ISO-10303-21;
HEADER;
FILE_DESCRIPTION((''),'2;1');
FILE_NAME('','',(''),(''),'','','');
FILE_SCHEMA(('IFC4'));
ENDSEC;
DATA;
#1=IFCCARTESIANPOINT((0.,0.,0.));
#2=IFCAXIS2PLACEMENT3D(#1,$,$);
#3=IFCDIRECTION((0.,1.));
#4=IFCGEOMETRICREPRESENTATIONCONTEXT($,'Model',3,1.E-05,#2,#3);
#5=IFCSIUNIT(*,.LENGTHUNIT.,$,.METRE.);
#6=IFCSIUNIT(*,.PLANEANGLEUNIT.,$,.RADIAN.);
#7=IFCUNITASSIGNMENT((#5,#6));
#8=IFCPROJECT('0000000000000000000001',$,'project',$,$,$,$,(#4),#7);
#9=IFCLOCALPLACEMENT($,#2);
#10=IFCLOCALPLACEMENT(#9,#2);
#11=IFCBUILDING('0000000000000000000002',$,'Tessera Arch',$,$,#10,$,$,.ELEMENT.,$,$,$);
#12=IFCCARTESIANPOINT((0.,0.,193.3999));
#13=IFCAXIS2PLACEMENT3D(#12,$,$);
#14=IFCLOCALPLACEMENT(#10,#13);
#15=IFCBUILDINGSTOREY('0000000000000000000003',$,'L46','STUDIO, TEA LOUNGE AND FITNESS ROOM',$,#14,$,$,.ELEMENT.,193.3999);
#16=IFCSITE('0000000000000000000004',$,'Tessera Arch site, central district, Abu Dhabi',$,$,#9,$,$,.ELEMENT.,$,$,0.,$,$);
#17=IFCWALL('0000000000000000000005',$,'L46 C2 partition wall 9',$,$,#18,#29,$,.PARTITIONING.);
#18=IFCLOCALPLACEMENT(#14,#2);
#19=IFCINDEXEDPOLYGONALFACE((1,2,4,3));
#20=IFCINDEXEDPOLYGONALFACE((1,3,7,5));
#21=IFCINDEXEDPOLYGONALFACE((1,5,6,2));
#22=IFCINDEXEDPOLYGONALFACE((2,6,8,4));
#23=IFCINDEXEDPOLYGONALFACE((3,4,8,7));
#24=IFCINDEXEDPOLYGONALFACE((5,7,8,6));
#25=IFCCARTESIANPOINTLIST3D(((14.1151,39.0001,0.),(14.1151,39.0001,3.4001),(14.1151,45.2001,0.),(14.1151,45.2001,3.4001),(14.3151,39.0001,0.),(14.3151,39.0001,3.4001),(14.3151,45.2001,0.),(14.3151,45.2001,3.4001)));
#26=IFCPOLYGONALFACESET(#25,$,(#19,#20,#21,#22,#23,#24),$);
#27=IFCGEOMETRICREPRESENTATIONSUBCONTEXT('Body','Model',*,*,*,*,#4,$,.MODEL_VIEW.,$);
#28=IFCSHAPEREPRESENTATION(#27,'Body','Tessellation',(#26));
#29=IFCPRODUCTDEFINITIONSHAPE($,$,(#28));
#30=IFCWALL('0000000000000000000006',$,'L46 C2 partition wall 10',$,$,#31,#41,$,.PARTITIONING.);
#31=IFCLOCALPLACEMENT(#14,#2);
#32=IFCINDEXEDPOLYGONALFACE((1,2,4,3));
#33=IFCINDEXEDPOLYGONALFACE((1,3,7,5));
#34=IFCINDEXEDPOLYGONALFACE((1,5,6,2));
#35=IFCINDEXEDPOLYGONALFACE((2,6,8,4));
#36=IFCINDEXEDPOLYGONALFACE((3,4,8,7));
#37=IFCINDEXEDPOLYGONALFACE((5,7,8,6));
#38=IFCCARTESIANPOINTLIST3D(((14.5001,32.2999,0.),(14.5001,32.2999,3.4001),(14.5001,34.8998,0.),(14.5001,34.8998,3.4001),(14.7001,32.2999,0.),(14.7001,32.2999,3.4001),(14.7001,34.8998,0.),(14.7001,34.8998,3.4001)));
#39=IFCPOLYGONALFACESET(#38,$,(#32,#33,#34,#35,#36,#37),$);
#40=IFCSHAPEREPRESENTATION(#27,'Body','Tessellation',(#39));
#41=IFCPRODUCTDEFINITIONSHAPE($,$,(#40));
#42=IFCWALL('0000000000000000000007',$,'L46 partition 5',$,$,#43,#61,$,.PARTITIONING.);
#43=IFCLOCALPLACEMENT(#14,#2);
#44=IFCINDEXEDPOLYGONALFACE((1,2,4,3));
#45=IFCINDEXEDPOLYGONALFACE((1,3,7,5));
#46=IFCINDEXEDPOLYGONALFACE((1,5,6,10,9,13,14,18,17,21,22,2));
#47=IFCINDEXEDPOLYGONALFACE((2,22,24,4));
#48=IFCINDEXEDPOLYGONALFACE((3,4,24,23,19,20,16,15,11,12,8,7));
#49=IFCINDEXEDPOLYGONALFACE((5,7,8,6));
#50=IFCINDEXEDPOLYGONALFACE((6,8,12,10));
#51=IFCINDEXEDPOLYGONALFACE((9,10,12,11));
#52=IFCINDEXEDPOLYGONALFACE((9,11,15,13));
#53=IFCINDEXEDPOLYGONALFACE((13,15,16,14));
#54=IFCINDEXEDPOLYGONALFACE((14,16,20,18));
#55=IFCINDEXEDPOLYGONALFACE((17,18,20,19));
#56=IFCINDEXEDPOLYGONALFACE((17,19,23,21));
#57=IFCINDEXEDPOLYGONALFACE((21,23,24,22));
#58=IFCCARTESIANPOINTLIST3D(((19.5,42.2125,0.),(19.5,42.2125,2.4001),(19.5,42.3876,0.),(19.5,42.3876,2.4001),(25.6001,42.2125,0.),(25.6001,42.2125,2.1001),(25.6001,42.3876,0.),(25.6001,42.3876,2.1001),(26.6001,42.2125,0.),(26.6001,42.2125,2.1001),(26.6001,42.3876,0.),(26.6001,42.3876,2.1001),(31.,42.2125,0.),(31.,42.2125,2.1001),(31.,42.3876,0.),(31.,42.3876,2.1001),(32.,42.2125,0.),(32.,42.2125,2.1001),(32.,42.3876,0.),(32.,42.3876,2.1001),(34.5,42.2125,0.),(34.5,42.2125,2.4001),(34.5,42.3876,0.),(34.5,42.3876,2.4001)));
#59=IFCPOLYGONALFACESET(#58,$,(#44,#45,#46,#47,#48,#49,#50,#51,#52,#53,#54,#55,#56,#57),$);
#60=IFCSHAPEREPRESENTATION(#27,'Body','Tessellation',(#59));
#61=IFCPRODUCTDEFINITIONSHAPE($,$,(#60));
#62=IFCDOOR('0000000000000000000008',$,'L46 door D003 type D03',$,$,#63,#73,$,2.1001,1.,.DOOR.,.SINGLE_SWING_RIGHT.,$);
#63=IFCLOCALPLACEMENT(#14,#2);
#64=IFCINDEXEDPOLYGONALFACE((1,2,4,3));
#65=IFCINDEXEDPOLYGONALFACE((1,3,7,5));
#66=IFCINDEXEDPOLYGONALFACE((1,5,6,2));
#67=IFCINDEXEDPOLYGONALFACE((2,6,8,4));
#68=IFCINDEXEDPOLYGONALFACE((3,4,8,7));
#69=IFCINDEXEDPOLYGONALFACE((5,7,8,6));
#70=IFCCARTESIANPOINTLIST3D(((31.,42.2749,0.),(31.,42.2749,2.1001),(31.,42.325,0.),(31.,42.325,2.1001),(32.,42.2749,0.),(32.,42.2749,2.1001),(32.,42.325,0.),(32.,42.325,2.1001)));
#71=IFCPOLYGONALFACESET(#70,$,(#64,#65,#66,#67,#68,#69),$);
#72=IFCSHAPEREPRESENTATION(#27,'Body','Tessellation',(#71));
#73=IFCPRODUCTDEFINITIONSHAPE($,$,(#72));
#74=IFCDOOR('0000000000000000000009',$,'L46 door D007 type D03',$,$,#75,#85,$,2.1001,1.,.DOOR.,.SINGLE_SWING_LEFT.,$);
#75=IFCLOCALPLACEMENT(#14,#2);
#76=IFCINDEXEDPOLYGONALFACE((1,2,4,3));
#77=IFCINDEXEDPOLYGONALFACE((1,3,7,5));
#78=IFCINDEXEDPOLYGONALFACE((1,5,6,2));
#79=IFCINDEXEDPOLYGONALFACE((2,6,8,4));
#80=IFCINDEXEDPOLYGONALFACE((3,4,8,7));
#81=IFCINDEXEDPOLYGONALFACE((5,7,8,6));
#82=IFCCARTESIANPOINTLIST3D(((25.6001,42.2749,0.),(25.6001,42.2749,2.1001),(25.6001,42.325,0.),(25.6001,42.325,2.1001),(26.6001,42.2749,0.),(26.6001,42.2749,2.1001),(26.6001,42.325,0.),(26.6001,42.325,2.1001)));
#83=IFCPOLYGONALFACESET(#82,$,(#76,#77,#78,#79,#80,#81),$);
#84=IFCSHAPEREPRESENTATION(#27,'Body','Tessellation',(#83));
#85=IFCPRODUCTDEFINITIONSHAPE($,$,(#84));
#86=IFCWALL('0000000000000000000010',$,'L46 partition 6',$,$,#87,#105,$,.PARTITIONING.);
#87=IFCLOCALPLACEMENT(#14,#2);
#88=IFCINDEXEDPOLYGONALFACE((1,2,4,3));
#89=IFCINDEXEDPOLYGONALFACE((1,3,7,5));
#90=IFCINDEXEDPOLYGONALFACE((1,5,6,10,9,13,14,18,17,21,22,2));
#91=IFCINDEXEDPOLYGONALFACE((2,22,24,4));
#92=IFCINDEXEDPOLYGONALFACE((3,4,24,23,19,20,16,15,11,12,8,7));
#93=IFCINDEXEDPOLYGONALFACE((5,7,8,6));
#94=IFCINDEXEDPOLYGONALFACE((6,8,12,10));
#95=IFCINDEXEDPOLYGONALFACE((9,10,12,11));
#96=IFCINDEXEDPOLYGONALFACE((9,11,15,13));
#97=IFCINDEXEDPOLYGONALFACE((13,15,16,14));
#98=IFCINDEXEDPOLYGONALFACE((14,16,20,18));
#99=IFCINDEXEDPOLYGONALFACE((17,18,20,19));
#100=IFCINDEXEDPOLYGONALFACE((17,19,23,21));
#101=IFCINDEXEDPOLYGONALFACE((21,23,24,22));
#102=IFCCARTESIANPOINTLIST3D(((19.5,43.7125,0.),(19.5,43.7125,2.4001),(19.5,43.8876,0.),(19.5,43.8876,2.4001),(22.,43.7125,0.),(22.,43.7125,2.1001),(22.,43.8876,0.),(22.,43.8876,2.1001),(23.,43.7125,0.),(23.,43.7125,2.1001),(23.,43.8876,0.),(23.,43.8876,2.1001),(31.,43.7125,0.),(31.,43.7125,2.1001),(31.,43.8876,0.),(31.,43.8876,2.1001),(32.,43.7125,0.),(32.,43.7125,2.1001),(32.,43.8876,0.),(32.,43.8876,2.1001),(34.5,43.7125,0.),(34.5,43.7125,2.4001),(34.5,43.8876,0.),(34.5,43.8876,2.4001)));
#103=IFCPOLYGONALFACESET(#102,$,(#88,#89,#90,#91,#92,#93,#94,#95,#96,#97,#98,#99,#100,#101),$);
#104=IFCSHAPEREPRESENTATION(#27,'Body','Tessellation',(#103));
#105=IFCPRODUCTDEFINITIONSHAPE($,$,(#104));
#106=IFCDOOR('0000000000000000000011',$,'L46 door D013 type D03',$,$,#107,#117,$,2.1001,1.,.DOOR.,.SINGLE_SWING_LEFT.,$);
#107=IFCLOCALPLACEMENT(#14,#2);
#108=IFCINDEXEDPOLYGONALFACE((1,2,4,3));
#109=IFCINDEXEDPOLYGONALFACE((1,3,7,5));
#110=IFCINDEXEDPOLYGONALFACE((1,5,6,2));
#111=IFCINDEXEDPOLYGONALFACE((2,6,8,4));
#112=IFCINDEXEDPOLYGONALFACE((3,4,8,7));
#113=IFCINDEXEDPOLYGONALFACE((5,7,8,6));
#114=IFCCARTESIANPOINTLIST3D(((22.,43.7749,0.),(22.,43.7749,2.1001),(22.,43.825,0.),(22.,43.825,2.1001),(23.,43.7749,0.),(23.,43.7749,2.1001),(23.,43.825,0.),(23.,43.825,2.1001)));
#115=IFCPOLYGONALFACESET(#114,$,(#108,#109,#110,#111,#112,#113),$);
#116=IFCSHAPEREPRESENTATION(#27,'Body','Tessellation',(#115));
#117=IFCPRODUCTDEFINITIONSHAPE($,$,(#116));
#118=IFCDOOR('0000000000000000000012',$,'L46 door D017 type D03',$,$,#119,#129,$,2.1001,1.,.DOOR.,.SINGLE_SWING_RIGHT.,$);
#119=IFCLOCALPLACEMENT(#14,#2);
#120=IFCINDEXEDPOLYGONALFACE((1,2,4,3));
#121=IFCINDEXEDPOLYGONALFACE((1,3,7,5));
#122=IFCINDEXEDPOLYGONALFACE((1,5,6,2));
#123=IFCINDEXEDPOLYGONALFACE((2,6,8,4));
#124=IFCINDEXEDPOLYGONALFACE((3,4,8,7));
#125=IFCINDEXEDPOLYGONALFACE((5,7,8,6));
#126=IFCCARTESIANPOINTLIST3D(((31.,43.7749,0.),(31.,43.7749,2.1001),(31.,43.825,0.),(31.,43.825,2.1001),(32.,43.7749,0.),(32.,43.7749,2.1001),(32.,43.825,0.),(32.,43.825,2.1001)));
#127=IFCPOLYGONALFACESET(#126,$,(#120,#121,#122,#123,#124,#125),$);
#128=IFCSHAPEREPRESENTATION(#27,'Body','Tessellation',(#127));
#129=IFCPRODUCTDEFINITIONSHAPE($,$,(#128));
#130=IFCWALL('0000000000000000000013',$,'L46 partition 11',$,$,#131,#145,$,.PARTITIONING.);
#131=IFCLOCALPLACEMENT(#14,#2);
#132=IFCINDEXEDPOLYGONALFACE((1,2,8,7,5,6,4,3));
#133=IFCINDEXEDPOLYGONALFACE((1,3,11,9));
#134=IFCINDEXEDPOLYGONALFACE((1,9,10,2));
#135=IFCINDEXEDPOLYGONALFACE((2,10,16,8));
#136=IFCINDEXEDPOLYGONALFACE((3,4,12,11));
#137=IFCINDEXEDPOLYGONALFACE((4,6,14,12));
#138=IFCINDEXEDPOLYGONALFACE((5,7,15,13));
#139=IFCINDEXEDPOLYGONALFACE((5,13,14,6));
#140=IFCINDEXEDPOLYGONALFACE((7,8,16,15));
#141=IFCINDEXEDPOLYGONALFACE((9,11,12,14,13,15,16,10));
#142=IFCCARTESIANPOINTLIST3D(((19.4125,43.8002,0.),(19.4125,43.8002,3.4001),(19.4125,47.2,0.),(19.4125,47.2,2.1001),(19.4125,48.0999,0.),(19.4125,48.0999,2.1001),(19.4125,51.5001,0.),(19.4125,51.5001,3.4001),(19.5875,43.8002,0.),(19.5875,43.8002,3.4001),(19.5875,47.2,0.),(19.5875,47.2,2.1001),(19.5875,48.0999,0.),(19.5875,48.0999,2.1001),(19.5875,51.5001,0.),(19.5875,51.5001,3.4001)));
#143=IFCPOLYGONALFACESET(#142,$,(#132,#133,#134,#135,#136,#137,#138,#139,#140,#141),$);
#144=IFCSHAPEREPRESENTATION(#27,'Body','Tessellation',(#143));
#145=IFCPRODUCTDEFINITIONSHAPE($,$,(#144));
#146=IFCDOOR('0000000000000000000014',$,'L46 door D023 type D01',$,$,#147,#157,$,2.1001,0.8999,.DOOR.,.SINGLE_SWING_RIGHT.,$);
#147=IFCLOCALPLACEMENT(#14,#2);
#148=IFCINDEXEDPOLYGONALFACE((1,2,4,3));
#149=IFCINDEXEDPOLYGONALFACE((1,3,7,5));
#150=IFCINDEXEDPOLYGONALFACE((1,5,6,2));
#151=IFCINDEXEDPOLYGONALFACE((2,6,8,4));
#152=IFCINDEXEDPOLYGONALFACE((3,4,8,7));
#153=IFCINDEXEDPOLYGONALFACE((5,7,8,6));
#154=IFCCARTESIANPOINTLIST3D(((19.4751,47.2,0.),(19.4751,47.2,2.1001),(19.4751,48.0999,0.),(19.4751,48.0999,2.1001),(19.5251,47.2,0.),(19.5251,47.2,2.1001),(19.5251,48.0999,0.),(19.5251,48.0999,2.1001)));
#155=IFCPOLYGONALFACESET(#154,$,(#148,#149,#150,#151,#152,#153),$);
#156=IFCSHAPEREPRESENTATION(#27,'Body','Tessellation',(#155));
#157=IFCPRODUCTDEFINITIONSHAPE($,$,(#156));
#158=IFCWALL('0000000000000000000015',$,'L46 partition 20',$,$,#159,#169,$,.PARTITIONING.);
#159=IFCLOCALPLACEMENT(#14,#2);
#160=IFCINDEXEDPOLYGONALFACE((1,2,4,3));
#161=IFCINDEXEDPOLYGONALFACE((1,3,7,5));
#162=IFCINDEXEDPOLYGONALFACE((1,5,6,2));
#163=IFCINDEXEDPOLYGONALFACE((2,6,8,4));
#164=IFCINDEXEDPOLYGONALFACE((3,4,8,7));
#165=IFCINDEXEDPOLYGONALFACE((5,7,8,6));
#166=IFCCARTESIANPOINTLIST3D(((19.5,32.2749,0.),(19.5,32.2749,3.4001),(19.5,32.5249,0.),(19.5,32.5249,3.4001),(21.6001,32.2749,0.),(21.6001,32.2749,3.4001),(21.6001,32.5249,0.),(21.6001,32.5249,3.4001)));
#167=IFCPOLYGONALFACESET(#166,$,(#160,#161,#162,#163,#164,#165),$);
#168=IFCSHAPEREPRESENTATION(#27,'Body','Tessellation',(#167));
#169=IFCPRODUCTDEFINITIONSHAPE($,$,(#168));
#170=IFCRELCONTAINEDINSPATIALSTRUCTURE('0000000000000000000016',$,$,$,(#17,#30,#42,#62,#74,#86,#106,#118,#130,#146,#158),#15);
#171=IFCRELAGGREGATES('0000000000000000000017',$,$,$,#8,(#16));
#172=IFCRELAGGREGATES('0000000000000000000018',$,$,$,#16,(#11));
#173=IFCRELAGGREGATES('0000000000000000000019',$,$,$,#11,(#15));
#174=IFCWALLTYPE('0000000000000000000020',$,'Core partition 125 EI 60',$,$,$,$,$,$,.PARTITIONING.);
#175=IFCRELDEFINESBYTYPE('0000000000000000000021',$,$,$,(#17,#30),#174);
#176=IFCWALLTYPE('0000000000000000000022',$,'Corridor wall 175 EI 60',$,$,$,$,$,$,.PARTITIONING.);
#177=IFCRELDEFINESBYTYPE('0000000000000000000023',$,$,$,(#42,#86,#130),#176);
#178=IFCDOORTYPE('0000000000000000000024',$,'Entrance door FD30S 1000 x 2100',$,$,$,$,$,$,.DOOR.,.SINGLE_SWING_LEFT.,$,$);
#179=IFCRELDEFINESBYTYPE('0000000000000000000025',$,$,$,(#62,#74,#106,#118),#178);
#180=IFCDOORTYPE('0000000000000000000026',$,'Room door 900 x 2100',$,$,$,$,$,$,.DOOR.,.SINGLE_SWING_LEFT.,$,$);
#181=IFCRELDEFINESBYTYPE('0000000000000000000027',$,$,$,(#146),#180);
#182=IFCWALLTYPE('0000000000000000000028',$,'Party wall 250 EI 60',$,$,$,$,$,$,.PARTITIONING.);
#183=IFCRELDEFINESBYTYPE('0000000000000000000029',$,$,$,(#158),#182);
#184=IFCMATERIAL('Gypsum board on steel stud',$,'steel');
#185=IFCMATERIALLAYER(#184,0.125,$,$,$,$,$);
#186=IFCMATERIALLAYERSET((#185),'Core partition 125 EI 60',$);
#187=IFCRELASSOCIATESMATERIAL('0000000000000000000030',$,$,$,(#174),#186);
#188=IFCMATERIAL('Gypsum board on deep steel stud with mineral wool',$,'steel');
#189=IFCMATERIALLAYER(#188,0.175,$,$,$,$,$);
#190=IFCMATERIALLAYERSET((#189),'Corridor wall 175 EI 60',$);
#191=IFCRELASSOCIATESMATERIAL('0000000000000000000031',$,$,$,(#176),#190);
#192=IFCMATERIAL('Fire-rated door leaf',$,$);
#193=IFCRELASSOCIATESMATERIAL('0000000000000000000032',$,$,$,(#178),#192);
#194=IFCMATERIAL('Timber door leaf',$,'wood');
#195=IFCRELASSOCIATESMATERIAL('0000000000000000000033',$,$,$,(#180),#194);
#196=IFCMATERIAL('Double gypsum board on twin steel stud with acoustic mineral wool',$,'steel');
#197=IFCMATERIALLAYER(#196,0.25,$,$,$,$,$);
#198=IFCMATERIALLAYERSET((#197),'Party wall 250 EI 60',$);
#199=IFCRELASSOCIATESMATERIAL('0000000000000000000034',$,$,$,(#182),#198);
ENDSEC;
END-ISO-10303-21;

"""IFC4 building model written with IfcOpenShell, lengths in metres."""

from ifc_helpers import new_model, si_unit, direction, frame, frame_2d, origin, place, context, subcontext, project, spatial, rectangle, extrude, material, layer, layer_set, type_object, element, fill, save


model = new_model("IFC4")

# Units and contexts
model_context = context("Model", 3, precision=1e-05, world=origin(), true_north=direction((0.0, 1.0)))
body_context = subcontext(model_context, "Body", "Model", "MODEL_VIEW")
ifc_project = project(units=[si_unit("LENGTHUNIT", "METRE"), si_unit("PLANEANGLEUNIT", "RADIAN")], contexts=[model_context])

# Site, building, storey
site_placement = place(None, origin())
site = spatial("IfcSite", under=ifc_project, at=site_placement, Name="Tessera Arch site, central district, Abu Dhabi", CompositionType="ELEMENT", RefElevation=0.0)
building_placement = place(site_placement, origin())
building = spatial("IfcBuilding", under=site, at=building_placement, Name="Tessera Arch", CompositionType="ELEMENT")
storey_placement = place(building_placement, frame((0.0, 0.0, 193.3999)))
storey = spatial("IfcBuildingStorey", under=building, at=storey_placement, Name="L46", Description="STUDIO, TEA LOUNGE AND FITNESS ROOM", CompositionType="ELEMENT", Elevation=193.3999)

# Walls
ifc_material_1 = material(Name="Gypsum board on steel stud", Category="steel")
ifc_layer_1 = layer(ifc_material_1, 0.125)
ifc_layer_set_1 = layer_set([ifc_layer_1], Name="Core partition 125 EI 60")
wall_type_1 = type_object("IfcWallType", Name="Core partition 125 EI 60", PredefinedType="PARTITIONING", material=ifc_layer_set_1)
wall_1_placement = place(storey_placement, frame((14.2151, 39.0, 0.0), z_axis=(0.0, 0.0, 1.0), x_axis=(0.0, 1.0, 0.0)))
element("IfcWall", 1, at=wall_1_placement, inside=storey, type_object=wall_type_1, Name="L46 C2 partition wall 9", PredefinedType="PARTITIONING", context=body_context, shape_type="SweptSolid", body=[
    extrude(rectangle(XDim=6.2, YDim=0.2, at=frame_2d((3.1001, 0.0))), origin(), (0.0, 0.0, 1.0), 3.4001),
])
wall_2_placement = place(storey_placement, frame((14.6001, 32.3, 0.0), z_axis=(0.0, 0.0, 1.0), x_axis=(0.0, 1.0, 0.0)))
element("IfcWall", 2, at=wall_2_placement, inside=storey, type_object=wall_type_1, Name="L46 C2 partition wall 10", PredefinedType="PARTITIONING", context=body_context, shape_type="SweptSolid", body=[
    extrude(rectangle(XDim=2.5999, YDim=0.2, at=frame_2d((1.2998, 0.0))), origin(), (0.0, 0.0, 1.0), 3.4001),
])

# Walls, openings, doors
ifc_material_2 = material(Name="Gypsum board on deep steel stud with mineral wool", Category="steel")
ifc_layer_2 = layer(ifc_material_2, 0.175)
ifc_layer_set_2 = layer_set([ifc_layer_2], Name="Corridor wall 175 EI 60")
wall_type_2 = type_object("IfcWallType", Name="Corridor wall 175 EI 60", PredefinedType="PARTITIONING", material=ifc_layer_set_2)
wall_3_placement = place(storey_placement, frame((19.5, 42.3, 0.0), z_axis=(0.0, 0.0, 1.0), x_axis=(1.0, 0.0, 0.0)))
wall_3 = element("IfcWall", 3, at=wall_3_placement, inside=storey, type_object=wall_type_2, Name="L46 partition 5", PredefinedType="PARTITIONING", context=body_context, shape_type="SweptSolid", body=[
    extrude(rectangle(XDim=15.0, YDim=0.175, at=frame_2d((7.5, 0.0))), origin(), (0.0, 0.0, 1.0), 2.4001),
])
opening_1_placement = place(wall_3_placement, frame((11.5, 0.0, 0.0)))
opening_1 = element("IfcOpeningElement", 4, at=opening_1_placement, cuts=wall_3, PredefinedType="OPENING", context=body_context, shape_type="SweptSolid", body=[
    extrude(rectangle(XDim=1.0, YDim=2.1001, at=frame_2d((0.5, 1.05))), frame((0.0, 0.0974, 0.0), z_axis=(0.0, -1.0, 0.0), x_axis=(1.0, 0.0, 0.0)), (0.0, 0.0, 1.0), 0.1951),
])
opening_2_placement = place(wall_3_placement, frame((6.1001, 0.0, 0.0)))
opening_2 = element("IfcOpeningElement", 5, at=opening_2_placement, cuts=wall_3, PredefinedType="OPENING", context=body_context, shape_type="SweptSolid", body=[
    extrude(rectangle(XDim=1.0, YDim=2.1001, at=frame_2d((0.5, 1.05))), frame((0.0, 0.0974, 0.0), z_axis=(0.0, -1.0, 0.0), x_axis=(1.0, 0.0, 0.0)), (0.0, 0.0, 1.0), 0.1951),
])
ifc_material_3 = material(Name="Fire-rated door leaf")
door_type_1 = type_object("IfcDoorType", Name="Entrance door FD30S 1000 x 2100", OperationType="SINGLE_SWING_LEFT", PredefinedType="DOOR", material=ifc_material_3)
door_1_placement = place(opening_1_placement, origin())
door_1 = element("IfcDoor", 6, at=door_1_placement, inside=storey, type_object=door_type_1, Name="L46 door D003 type D03", OperationType="SINGLE_SWING_RIGHT", OverallHeight=2.1001, OverallWidth=1.0, PredefinedType="DOOR", context=body_context, shape_type="SweptSolid", body=[
    extrude(rectangle(XDim=1.0, YDim=2.1001, at=frame_2d((0.5, 1.05))), frame((0.0, 0.0249, 0.0), z_axis=(0.0, -1.0, 0.0), x_axis=(1.0, 0.0, 0.0)), (0.0, 0.0, 1.0), 0.05),
])
fill(opening_1, door_1)
door_2_placement = place(opening_2_placement, origin())
door_2 = element("IfcDoor", 7, at=door_2_placement, inside=storey, type_object=door_type_1, Name="L46 door D007 type D03", OperationType="SINGLE_SWING_LEFT", OverallHeight=2.1001, OverallWidth=1.0, PredefinedType="DOOR", context=body_context, shape_type="SweptSolid", body=[
    extrude(rectangle(XDim=1.0, YDim=2.1001, at=frame_2d((0.5, 1.05))), frame((0.0, 0.0249, 0.0), z_axis=(0.0, -1.0, 0.0), x_axis=(1.0, 0.0, 0.0)), (0.0, 0.0, 1.0), 0.05),
])
fill(opening_2, door_2)
wall_4_placement = place(storey_placement, frame((19.5, 43.8, 0.0), z_axis=(0.0, 0.0, 1.0), x_axis=(1.0, 0.0, 0.0)))
wall_4 = element("IfcWall", 8, at=wall_4_placement, inside=storey, type_object=wall_type_2, Name="L46 partition 6", PredefinedType="PARTITIONING", context=body_context, shape_type="SweptSolid", body=[
    extrude(rectangle(XDim=15.0, YDim=0.175, at=frame_2d((7.5, 0.0))), origin(), (0.0, 0.0, 1.0), 2.4001),
])
opening_3_placement = place(wall_4_placement, frame((2.5, 0.0, 0.0)))
opening_3 = element("IfcOpeningElement", 9, at=opening_3_placement, cuts=wall_4, PredefinedType="OPENING", context=body_context, shape_type="SweptSolid", body=[
    extrude(rectangle(XDim=1.0, YDim=2.1001, at=frame_2d((0.5, 1.05))), frame((0.0, 0.0974, 0.0), z_axis=(0.0, -1.0, 0.0), x_axis=(1.0, 0.0, 0.0)), (0.0, 0.0, 1.0), 0.1951),
])
opening_4_placement = place(wall_4_placement, frame((11.5, 0.0, 0.0)))
opening_4 = element("IfcOpeningElement", 10, at=opening_4_placement, cuts=wall_4, PredefinedType="OPENING", context=body_context, shape_type="SweptSolid", body=[
    extrude(rectangle(XDim=1.0, YDim=2.1001, at=frame_2d((0.5, 1.05))), frame((0.0, 0.0974, 0.0), z_axis=(0.0, -1.0, 0.0), x_axis=(1.0, 0.0, 0.0)), (0.0, 0.0, 1.0), 0.1951),
])
door_3_placement = place(opening_3_placement, origin())
door_3 = element("IfcDoor", 11, at=door_3_placement, inside=storey, type_object=door_type_1, Name="L46 door D013 type D03", OperationType="SINGLE_SWING_LEFT", OverallHeight=2.1001, OverallWidth=1.0, PredefinedType="DOOR", context=body_context, shape_type="SweptSolid", body=[
    extrude(rectangle(XDim=1.0, YDim=2.1001, at=frame_2d((0.5, 1.05))), frame((0.0, 0.0249, 0.0), z_axis=(0.0, -1.0, 0.0), x_axis=(1.0, 0.0, 0.0)), (0.0, 0.0, 1.0), 0.05),
])
fill(opening_3, door_3)
door_4_placement = place(opening_4_placement, origin())
door_4 = element("IfcDoor", 12, at=door_4_placement, inside=storey, type_object=door_type_1, Name="L46 door D017 type D03", OperationType="SINGLE_SWING_RIGHT", OverallHeight=2.1001, OverallWidth=1.0, PredefinedType="DOOR", context=body_context, shape_type="SweptSolid", body=[
    extrude(rectangle(XDim=1.0, YDim=2.1001, at=frame_2d((0.5, 1.05))), frame((0.0, 0.0249, 0.0), z_axis=(0.0, -1.0, 0.0), x_axis=(1.0, 0.0, 0.0)), (0.0, 0.0, 1.0), 0.05),
])
fill(opening_4, door_4)

# Wall, opening, door
wall_5_placement = place(storey_placement, frame((19.5, 43.8, 0.0), z_axis=(0.0, 0.0, 1.0), x_axis=(0.0, 1.0, 0.0)))
wall_5 = element("IfcWall", 13, at=wall_5_placement, inside=storey, type_object=wall_type_2, Name="L46 partition 11", PredefinedType="PARTITIONING", context=body_context, shape_type="SweptSolid", body=[
    extrude(rectangle(XDim=7.7, YDim=0.175, at=frame_2d((3.8501, 0.0))), origin(), (0.0, 0.0, 1.0), 3.4001),
])
opening_5_placement = place(wall_5_placement, frame((3.3999, 0.0, 0.0)))
opening_5 = element("IfcOpeningElement", 14, at=opening_5_placement, cuts=wall_5, PredefinedType="OPENING", context=body_context, shape_type="SweptSolid", body=[
    extrude(rectangle(XDim=0.8999, YDim=2.1001, at=frame_2d((0.45, 1.05))), frame((0.0, 0.0974, 0.0), z_axis=(0.0, -1.0, 0.0), x_axis=(1.0, 0.0, 0.0)), (0.0, 0.0, 1.0), 0.1951),
])
ifc_material_4 = material(Name="Timber door leaf", Category="wood")
door_type_2 = type_object("IfcDoorType", Name="Room door 900 x 2100", OperationType="SINGLE_SWING_LEFT", PredefinedType="DOOR", material=ifc_material_4)
door_5_placement = place(opening_5_placement, origin())
door_5 = element("IfcDoor", 15, at=door_5_placement, inside=storey, type_object=door_type_2, Name="L46 door D023 type D01", OperationType="SINGLE_SWING_RIGHT", OverallHeight=2.1001, OverallWidth=0.8999, PredefinedType="DOOR", context=body_context, shape_type="SweptSolid", body=[
    extrude(rectangle(XDim=0.8999, YDim=2.1001, at=frame_2d((0.45, 1.05))), frame((0.0, 0.0249, 0.0), z_axis=(0.0, -1.0, 0.0), x_axis=(1.0, 0.0, 0.0)), (0.0, 0.0, 1.0), 0.05),
])
fill(opening_5, door_5)

# Wall
ifc_material_5 = material(Name="Double gypsum board on twin steel stud with acoustic mineral wool", Category="steel")
ifc_layer_3 = layer(ifc_material_5, 0.25)
ifc_layer_set_3 = layer_set([ifc_layer_3], Name="Party wall 250 EI 60")
wall_type_3 = type_object("IfcWallType", Name="Party wall 250 EI 60", PredefinedType="PARTITIONING", material=ifc_layer_set_3)
wall_6_placement = place(storey_placement, frame((19.5, 32.3999, 0.0), z_axis=(0.0, 0.0, 1.0), x_axis=(1.0, 0.0, 0.0)))
element("IfcWall", 16, at=wall_6_placement, inside=storey, type_object=wall_type_3, Name="L46 partition 20", PredefinedType="PARTITIONING", context=body_context, shape_type="SweptSolid", body=[
    extrude(rectangle(XDim=2.1001, YDim=0.25, at=frame_2d((1.05, 0.0))), origin(), (0.0, 0.0, 1.0), 3.4001),
])

save(model, "model.ifc")
